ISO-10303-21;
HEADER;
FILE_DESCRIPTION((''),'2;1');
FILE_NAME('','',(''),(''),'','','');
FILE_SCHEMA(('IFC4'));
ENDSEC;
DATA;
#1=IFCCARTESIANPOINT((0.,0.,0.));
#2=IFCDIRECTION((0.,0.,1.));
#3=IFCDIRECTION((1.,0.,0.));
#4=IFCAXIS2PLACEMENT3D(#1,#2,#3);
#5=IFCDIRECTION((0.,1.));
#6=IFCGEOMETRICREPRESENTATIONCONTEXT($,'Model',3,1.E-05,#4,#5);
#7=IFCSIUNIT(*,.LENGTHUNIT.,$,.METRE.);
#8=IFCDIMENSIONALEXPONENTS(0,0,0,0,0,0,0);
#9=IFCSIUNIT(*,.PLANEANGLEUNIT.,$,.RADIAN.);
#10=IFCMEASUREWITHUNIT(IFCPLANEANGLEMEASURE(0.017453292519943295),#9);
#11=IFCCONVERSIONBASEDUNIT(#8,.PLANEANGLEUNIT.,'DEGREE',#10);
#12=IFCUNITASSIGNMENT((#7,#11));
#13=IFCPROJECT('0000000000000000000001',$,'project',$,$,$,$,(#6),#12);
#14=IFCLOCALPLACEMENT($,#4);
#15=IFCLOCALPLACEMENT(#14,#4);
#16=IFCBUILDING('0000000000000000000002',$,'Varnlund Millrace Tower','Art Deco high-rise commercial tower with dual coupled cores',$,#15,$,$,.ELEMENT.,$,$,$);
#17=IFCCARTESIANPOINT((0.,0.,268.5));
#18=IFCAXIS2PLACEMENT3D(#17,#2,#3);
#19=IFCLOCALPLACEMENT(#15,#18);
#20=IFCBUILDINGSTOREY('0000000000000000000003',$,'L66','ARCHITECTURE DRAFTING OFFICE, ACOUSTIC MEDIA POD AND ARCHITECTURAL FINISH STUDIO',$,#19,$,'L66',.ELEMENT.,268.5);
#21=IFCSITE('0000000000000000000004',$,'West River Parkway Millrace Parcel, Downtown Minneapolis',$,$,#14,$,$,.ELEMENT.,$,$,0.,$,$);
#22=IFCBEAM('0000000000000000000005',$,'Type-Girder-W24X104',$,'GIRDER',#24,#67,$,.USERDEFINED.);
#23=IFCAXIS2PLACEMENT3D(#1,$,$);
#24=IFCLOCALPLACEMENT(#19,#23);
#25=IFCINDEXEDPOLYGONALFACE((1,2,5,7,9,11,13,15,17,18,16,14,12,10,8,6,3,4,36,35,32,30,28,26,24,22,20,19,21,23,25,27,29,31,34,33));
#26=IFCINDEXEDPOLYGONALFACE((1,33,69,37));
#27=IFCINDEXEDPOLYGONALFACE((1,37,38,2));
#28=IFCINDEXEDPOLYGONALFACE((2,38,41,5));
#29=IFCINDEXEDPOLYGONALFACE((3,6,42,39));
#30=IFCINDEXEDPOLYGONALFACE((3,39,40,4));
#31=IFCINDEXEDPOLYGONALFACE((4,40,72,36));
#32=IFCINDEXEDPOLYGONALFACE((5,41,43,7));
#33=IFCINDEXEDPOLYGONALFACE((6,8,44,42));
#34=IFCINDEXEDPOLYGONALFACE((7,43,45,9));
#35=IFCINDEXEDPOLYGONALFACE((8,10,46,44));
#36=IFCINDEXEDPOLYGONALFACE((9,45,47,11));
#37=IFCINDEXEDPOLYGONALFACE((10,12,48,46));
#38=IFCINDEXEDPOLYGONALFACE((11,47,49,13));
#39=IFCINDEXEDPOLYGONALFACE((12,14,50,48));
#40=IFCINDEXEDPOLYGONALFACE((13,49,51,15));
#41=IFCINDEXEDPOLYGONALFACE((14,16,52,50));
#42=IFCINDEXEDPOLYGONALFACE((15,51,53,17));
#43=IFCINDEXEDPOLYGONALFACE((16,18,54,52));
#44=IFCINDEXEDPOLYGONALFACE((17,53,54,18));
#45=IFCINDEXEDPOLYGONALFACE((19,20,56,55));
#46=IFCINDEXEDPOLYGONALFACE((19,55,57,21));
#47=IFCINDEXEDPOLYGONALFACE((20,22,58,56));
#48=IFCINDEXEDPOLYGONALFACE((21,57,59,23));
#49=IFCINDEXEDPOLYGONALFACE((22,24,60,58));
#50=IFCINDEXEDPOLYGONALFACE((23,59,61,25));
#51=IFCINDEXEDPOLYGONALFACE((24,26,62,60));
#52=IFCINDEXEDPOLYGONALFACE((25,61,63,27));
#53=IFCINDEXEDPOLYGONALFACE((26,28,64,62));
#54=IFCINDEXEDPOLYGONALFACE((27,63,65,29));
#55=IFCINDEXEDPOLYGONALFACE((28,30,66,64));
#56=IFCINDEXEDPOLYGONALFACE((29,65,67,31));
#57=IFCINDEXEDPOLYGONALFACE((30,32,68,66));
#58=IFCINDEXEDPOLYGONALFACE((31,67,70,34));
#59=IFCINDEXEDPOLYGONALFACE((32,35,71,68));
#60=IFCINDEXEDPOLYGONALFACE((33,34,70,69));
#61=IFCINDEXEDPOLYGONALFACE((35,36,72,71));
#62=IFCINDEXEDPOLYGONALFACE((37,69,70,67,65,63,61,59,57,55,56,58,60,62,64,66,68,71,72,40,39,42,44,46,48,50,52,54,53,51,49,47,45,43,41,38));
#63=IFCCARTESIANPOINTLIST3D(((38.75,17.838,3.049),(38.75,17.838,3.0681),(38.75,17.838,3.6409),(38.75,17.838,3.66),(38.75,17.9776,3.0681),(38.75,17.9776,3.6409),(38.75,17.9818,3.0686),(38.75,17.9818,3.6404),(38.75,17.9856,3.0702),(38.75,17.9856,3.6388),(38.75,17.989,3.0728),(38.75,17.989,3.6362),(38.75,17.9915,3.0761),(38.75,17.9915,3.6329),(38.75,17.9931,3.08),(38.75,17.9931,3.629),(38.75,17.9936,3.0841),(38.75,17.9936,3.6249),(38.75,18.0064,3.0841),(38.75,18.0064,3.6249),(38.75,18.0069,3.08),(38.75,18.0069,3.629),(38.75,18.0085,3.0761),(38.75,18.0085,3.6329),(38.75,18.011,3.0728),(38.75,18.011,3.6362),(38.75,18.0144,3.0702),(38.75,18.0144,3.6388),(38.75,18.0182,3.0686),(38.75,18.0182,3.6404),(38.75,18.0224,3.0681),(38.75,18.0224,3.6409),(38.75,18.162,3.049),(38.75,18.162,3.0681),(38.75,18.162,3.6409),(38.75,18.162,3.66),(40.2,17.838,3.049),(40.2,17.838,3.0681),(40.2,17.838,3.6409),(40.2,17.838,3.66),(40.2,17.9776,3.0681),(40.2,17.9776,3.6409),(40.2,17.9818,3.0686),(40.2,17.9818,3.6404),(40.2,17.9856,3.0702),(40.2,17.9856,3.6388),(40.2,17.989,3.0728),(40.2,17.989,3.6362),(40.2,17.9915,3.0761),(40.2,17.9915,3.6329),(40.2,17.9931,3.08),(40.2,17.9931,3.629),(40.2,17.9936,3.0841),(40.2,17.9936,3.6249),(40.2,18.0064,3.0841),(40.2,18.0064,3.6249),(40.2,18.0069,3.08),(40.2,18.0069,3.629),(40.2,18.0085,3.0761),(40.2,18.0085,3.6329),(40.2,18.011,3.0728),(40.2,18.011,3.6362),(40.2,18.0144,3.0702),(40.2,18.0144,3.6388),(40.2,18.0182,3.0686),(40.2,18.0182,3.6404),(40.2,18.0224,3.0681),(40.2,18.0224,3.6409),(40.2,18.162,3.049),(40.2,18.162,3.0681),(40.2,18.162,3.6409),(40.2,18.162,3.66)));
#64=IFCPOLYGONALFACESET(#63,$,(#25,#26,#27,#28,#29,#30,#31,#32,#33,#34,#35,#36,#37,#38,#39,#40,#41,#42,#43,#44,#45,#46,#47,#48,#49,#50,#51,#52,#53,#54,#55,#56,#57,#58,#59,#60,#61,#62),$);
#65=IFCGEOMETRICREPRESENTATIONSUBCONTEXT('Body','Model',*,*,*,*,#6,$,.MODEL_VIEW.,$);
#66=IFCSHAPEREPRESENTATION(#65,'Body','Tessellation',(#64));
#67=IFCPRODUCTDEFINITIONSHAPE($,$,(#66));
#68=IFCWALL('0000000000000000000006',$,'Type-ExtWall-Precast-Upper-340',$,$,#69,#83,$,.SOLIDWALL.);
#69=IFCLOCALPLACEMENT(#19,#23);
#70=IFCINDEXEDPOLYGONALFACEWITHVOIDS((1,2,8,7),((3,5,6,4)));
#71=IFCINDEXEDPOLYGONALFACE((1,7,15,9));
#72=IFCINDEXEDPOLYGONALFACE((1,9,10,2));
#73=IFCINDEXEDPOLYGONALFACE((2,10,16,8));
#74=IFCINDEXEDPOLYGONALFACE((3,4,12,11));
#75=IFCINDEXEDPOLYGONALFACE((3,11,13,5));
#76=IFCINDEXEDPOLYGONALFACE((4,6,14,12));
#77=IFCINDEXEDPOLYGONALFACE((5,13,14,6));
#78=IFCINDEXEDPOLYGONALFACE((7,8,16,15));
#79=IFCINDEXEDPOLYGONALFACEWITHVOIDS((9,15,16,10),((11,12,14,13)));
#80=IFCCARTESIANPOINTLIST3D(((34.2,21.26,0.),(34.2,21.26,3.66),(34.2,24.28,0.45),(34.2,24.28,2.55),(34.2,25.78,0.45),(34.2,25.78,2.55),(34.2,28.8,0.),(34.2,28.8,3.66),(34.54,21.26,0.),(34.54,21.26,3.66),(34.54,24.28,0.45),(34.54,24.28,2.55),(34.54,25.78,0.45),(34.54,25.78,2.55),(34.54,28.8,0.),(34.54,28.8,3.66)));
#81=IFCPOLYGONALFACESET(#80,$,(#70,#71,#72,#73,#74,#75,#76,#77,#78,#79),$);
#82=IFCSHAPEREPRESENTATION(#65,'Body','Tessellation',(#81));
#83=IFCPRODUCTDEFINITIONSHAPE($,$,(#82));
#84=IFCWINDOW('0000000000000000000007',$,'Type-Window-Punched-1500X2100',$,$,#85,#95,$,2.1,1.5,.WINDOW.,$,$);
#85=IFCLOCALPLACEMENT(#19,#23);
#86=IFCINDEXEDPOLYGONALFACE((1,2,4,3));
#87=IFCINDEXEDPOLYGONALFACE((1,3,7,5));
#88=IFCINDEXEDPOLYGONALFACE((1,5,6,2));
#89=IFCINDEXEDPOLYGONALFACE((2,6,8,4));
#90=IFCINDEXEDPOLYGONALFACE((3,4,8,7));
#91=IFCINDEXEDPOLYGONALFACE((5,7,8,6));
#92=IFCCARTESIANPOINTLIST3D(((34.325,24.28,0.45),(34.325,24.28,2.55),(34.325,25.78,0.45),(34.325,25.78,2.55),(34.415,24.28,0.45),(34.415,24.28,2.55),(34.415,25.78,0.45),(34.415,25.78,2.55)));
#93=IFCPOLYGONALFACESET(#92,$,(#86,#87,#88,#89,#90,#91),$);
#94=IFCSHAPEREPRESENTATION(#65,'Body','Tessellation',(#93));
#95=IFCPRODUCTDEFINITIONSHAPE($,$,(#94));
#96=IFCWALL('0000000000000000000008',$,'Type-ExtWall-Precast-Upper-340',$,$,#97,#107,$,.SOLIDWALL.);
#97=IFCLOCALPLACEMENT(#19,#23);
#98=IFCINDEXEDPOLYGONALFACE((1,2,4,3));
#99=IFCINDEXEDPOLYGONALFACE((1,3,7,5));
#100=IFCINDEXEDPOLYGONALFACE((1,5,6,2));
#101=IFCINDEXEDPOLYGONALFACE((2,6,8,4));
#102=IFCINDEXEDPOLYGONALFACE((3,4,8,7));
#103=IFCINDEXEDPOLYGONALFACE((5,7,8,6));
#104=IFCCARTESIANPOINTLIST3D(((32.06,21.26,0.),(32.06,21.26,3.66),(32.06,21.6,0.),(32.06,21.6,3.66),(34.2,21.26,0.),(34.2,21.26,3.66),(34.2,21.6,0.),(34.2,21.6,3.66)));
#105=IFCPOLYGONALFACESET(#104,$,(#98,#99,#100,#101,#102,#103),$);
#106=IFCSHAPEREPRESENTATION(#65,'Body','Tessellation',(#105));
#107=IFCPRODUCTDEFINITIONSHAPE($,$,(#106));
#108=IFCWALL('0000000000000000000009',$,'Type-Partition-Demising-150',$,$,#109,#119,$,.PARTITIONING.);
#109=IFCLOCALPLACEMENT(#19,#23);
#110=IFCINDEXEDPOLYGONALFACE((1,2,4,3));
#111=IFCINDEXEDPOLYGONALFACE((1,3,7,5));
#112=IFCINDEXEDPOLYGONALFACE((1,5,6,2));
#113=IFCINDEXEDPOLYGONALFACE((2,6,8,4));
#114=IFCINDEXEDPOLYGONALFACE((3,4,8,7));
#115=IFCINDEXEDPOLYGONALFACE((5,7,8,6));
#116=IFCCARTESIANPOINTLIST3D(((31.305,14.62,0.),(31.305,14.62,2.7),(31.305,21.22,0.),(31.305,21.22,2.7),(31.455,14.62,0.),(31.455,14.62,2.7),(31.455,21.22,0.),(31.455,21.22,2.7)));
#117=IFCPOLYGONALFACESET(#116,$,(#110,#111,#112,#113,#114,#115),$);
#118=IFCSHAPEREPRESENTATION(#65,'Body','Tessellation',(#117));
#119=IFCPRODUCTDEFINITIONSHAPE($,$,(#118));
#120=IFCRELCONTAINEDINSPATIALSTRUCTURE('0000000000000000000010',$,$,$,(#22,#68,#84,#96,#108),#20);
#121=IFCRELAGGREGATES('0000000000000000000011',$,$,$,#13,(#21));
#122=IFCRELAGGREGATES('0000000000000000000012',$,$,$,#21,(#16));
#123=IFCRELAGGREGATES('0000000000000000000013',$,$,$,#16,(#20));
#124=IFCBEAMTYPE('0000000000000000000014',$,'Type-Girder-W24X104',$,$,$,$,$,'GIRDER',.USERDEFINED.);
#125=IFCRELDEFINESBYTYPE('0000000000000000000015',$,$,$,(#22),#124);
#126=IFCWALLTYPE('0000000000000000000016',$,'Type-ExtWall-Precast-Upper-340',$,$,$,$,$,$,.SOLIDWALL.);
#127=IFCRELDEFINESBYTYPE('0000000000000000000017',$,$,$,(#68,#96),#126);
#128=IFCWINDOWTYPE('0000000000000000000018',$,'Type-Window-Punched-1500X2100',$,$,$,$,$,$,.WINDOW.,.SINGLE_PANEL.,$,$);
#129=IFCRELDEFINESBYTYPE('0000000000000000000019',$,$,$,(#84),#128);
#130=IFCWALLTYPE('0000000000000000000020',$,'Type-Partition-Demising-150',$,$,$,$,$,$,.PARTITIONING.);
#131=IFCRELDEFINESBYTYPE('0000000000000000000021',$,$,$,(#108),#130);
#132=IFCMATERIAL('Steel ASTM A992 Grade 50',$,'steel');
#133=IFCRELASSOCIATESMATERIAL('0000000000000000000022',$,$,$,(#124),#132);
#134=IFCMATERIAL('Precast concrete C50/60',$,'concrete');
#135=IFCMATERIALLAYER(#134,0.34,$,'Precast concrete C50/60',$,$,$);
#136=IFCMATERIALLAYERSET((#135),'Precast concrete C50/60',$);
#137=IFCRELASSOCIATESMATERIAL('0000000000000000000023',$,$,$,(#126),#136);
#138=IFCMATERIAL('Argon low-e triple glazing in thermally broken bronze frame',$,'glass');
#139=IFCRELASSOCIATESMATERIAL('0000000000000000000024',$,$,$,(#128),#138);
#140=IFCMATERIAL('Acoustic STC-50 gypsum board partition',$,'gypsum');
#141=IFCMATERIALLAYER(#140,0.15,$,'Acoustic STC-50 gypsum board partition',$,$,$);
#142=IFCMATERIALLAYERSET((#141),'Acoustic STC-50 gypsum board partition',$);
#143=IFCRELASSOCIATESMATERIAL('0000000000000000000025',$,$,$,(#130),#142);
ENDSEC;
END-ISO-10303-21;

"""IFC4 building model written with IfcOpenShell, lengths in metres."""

from ifc_helpers import new_model, entity, si_unit, converted_unit, direction, frame, origin_with_axes, origin_2d_with_axis, place, context, subcontext, project, spatial, polyline, rectangle, i_section, outline, extrude, material, layer, layer_set, material_profile, profile_set, type_object, element, fill, save


model = new_model("IFC4")

# Units and contexts
model_context = context("Model", 3, precision=1e-05, world=origin_with_axes(), true_north=direction((0.0, 1.0)))
body_context = subcontext(model_context, "Body", "Model", "MODEL_VIEW")
ifc_project = project(units=[si_unit("LENGTHUNIT", "METRE"), converted_unit("PLANEANGLEUNIT", "DEGREE", entity("IfcPlaneAngleMeasure", 0.017453292519943295), si_unit("PLANEANGLEUNIT", "RADIAN"), dimensions=[0, 0, 0, 0, 0, 0, 0])], contexts=[model_context])

# Site, building, storey
site_placement = place(None, origin_with_axes())
site = spatial("IfcSite", under=ifc_project, at=site_placement, Name="West River Parkway Millrace Parcel, Downtown Minneapolis", CompositionType="ELEMENT", RefElevation=0.0)
building_placement = place(site_placement, origin_with_axes())
building = spatial("IfcBuilding", under=site, at=building_placement, Name="Varnlund Millrace Tower", Description="Art Deco high-rise commercial tower with dual coupled cores", CompositionType="ELEMENT")
storey_placement = place(building_placement, frame((0.0, 0.0, 268.5), z_axis=(0.0, 0.0, 1.0), x_axis=(1.0, 0.0, 0.0)))
storey = spatial("IfcBuildingStorey", under=building, at=storey_placement, Name="L66", Description="ARCHITECTURE DRAFTING OFFICE, ACOUSTIC MEDIA POD AND ARCHITECTURAL FINISH STUDIO", LongName="L66", CompositionType="ELEMENT", Elevation=268.5)

# Beam
ifc_material_1 = material(Name="Steel ASTM A992 Grade 50", Category="steel")
ifc_material_profile_1 = material_profile(ifc_material_1, i_section(OverallWidth=0.324, OverallDepth=0.611, WebThickness=0.0127, FlangeThickness=0.0191, FilletRadius=0.016, at=origin_2d_with_axis()), Name="Steel ASTM A992 Grade 50")
ifc_profile_set_1 = profile_set([ifc_material_profile_1], Name="Steel ASTM A992 Grade 50")
beam_type_1 = type_object("IfcBeamType", Name="Type-Girder-W24X104", ElementType="GIRDER", PredefinedType="USERDEFINED", material=ifc_profile_set_1)
beam_1_placement = place(storey_placement, frame((38.75, 18.0, 3.3545), z_axis=(1.0, 0.0, 0.0), x_axis=(0.0, 1.0, 0.0)))
element("IfcBeam", 1, at=beam_1_placement, inside=storey, type_object=beam_type_1, Name="Type-Girder-W24X104", ObjectType="GIRDER", PredefinedType="USERDEFINED", context=body_context, shape_type="SweptSolid", body=[
    extrude(i_section(OverallWidth=0.324, OverallDepth=0.611, WebThickness=0.0127, FlangeThickness=0.0191, FilletRadius=0.016, at=origin_2d_with_axis()), origin_with_axes(), (0.0, 0.0, 1.0), 1.45),
])

# Wall, opening, window
ifc_material_2 = material(Name="Precast concrete C50/60", Category="concrete")
ifc_layer_1 = layer(ifc_material_2, 0.34, Name="Precast concrete C50/60")
ifc_layer_set_1 = layer_set([ifc_layer_1], Name="Precast concrete C50/60")
wall_type_1 = type_object("IfcWallType", Name="Type-ExtWall-Precast-Upper-340", PredefinedType="SOLIDWALL", material=ifc_layer_set_1)
wall_1_placement = place(storey_placement, frame((34.37, 21.26, 0.0), z_axis=(0.0, 0.0, 1.0), x_axis=(0.0, 1.0, 0.0)))
wall_1 = element("IfcWall", 2, at=wall_1_placement, inside=storey, type_object=wall_type_1, Name="Type-ExtWall-Precast-Upper-340", PredefinedType="SOLIDWALL", context=body_context, shape_type="SweptSolid", body=[
    extrude(outline(polyline([(0.0, -0.17), (7.54, -0.17), (7.54, 0.17), (0.0, 0.17), (0.0, -0.17)])), origin_with_axes(), (0.0, 0.0, 1.0), 3.66),
])
opening_1_placement = place(wall_1_placement, frame((3.77, 0.0, 0.45), z_axis=(0.0, 0.0, 1.0), x_axis=(1.0, 0.0, 0.0)))
opening_1 = element("IfcOpeningElement", 3, at=opening_1_placement, cuts=wall_1, PredefinedType="OPENING", context=body_context, shape_type="SweptSolid", body=[
    extrude(rectangle(XDim=1.5, YDim=0.36, at=origin_2d_with_axis()), origin_with_axes(), (0.0, 0.0, 1.0), 2.1),
])
ifc_material_3 = material(Name="Argon low-e triple glazing in thermally broken bronze frame", Category="glass")
window_type = type_object("IfcWindowType", Name="Type-Window-Punched-1500X2100", PartitioningType="SINGLE_PANEL", PredefinedType="WINDOW", material=ifc_material_3)
window_placement = place(wall_1_placement, frame((3.77, 0.0, 0.45), z_axis=(0.0, 0.0, 1.0), x_axis=(1.0, 0.0, 0.0)))
window = element("IfcWindow", 4, at=window_placement, inside=storey, type_object=window_type, Name="Type-Window-Punched-1500X2100", OverallHeight=2.1, OverallWidth=1.5, PredefinedType="WINDOW", context=body_context, shape_type="SweptSolid", body=[
    extrude(rectangle(XDim=1.5, YDim=0.09, at=origin_2d_with_axis()), origin_with_axes(), (0.0, 0.0, 1.0), 2.1),
])
fill(opening_1, window)

# Walls
wall_2_placement = place(storey_placement, frame((32.06, 21.43, 0.0), z_axis=(0.0, 0.0, 1.0), x_axis=(1.0, 0.0, 0.0)))
element("IfcWall", 5, at=wall_2_placement, inside=storey, type_object=wall_type_1, Name="Type-ExtWall-Precast-Upper-340", PredefinedType="SOLIDWALL", context=body_context, shape_type="SweptSolid", body=[
    extrude(outline(polyline([(0.0, -0.17), (2.14, -0.17), (2.14, 0.17), (0.0, 0.17), (0.0, -0.17)])), origin_with_axes(), (0.0, 0.0, 1.0), 3.66),
])
ifc_material_4 = material(Name="Acoustic STC-50 gypsum board partition", Category="gypsum")
ifc_layer_2 = layer(ifc_material_4, 0.15, Name="Acoustic STC-50 gypsum board partition")
ifc_layer_set_2 = layer_set([ifc_layer_2], Name="Acoustic STC-50 gypsum board partition")
wall_type_2 = type_object("IfcWallType", Name="Type-Partition-Demising-150", PredefinedType="PARTITIONING", material=ifc_layer_set_2)
wall_3_placement = place(storey_placement, frame((31.38, 14.62, 0.0), z_axis=(0.0, 0.0, 1.0), x_axis=(0.0, 1.0, 0.0)))
element("IfcWall", 6, at=wall_3_placement, inside=storey, type_object=wall_type_2, Name="Type-Partition-Demising-150", PredefinedType="PARTITIONING", context=body_context, shape_type="SweptSolid", body=[
    extrude(outline(polyline([(0.0, -0.075), (6.6, -0.075), (6.6, 0.075), (0.0, 0.075), (0.0, -0.075)])), origin_with_axes(), (0.0, 0.0, 1.0), 2.7),
])

save(model, "model.ifc")
